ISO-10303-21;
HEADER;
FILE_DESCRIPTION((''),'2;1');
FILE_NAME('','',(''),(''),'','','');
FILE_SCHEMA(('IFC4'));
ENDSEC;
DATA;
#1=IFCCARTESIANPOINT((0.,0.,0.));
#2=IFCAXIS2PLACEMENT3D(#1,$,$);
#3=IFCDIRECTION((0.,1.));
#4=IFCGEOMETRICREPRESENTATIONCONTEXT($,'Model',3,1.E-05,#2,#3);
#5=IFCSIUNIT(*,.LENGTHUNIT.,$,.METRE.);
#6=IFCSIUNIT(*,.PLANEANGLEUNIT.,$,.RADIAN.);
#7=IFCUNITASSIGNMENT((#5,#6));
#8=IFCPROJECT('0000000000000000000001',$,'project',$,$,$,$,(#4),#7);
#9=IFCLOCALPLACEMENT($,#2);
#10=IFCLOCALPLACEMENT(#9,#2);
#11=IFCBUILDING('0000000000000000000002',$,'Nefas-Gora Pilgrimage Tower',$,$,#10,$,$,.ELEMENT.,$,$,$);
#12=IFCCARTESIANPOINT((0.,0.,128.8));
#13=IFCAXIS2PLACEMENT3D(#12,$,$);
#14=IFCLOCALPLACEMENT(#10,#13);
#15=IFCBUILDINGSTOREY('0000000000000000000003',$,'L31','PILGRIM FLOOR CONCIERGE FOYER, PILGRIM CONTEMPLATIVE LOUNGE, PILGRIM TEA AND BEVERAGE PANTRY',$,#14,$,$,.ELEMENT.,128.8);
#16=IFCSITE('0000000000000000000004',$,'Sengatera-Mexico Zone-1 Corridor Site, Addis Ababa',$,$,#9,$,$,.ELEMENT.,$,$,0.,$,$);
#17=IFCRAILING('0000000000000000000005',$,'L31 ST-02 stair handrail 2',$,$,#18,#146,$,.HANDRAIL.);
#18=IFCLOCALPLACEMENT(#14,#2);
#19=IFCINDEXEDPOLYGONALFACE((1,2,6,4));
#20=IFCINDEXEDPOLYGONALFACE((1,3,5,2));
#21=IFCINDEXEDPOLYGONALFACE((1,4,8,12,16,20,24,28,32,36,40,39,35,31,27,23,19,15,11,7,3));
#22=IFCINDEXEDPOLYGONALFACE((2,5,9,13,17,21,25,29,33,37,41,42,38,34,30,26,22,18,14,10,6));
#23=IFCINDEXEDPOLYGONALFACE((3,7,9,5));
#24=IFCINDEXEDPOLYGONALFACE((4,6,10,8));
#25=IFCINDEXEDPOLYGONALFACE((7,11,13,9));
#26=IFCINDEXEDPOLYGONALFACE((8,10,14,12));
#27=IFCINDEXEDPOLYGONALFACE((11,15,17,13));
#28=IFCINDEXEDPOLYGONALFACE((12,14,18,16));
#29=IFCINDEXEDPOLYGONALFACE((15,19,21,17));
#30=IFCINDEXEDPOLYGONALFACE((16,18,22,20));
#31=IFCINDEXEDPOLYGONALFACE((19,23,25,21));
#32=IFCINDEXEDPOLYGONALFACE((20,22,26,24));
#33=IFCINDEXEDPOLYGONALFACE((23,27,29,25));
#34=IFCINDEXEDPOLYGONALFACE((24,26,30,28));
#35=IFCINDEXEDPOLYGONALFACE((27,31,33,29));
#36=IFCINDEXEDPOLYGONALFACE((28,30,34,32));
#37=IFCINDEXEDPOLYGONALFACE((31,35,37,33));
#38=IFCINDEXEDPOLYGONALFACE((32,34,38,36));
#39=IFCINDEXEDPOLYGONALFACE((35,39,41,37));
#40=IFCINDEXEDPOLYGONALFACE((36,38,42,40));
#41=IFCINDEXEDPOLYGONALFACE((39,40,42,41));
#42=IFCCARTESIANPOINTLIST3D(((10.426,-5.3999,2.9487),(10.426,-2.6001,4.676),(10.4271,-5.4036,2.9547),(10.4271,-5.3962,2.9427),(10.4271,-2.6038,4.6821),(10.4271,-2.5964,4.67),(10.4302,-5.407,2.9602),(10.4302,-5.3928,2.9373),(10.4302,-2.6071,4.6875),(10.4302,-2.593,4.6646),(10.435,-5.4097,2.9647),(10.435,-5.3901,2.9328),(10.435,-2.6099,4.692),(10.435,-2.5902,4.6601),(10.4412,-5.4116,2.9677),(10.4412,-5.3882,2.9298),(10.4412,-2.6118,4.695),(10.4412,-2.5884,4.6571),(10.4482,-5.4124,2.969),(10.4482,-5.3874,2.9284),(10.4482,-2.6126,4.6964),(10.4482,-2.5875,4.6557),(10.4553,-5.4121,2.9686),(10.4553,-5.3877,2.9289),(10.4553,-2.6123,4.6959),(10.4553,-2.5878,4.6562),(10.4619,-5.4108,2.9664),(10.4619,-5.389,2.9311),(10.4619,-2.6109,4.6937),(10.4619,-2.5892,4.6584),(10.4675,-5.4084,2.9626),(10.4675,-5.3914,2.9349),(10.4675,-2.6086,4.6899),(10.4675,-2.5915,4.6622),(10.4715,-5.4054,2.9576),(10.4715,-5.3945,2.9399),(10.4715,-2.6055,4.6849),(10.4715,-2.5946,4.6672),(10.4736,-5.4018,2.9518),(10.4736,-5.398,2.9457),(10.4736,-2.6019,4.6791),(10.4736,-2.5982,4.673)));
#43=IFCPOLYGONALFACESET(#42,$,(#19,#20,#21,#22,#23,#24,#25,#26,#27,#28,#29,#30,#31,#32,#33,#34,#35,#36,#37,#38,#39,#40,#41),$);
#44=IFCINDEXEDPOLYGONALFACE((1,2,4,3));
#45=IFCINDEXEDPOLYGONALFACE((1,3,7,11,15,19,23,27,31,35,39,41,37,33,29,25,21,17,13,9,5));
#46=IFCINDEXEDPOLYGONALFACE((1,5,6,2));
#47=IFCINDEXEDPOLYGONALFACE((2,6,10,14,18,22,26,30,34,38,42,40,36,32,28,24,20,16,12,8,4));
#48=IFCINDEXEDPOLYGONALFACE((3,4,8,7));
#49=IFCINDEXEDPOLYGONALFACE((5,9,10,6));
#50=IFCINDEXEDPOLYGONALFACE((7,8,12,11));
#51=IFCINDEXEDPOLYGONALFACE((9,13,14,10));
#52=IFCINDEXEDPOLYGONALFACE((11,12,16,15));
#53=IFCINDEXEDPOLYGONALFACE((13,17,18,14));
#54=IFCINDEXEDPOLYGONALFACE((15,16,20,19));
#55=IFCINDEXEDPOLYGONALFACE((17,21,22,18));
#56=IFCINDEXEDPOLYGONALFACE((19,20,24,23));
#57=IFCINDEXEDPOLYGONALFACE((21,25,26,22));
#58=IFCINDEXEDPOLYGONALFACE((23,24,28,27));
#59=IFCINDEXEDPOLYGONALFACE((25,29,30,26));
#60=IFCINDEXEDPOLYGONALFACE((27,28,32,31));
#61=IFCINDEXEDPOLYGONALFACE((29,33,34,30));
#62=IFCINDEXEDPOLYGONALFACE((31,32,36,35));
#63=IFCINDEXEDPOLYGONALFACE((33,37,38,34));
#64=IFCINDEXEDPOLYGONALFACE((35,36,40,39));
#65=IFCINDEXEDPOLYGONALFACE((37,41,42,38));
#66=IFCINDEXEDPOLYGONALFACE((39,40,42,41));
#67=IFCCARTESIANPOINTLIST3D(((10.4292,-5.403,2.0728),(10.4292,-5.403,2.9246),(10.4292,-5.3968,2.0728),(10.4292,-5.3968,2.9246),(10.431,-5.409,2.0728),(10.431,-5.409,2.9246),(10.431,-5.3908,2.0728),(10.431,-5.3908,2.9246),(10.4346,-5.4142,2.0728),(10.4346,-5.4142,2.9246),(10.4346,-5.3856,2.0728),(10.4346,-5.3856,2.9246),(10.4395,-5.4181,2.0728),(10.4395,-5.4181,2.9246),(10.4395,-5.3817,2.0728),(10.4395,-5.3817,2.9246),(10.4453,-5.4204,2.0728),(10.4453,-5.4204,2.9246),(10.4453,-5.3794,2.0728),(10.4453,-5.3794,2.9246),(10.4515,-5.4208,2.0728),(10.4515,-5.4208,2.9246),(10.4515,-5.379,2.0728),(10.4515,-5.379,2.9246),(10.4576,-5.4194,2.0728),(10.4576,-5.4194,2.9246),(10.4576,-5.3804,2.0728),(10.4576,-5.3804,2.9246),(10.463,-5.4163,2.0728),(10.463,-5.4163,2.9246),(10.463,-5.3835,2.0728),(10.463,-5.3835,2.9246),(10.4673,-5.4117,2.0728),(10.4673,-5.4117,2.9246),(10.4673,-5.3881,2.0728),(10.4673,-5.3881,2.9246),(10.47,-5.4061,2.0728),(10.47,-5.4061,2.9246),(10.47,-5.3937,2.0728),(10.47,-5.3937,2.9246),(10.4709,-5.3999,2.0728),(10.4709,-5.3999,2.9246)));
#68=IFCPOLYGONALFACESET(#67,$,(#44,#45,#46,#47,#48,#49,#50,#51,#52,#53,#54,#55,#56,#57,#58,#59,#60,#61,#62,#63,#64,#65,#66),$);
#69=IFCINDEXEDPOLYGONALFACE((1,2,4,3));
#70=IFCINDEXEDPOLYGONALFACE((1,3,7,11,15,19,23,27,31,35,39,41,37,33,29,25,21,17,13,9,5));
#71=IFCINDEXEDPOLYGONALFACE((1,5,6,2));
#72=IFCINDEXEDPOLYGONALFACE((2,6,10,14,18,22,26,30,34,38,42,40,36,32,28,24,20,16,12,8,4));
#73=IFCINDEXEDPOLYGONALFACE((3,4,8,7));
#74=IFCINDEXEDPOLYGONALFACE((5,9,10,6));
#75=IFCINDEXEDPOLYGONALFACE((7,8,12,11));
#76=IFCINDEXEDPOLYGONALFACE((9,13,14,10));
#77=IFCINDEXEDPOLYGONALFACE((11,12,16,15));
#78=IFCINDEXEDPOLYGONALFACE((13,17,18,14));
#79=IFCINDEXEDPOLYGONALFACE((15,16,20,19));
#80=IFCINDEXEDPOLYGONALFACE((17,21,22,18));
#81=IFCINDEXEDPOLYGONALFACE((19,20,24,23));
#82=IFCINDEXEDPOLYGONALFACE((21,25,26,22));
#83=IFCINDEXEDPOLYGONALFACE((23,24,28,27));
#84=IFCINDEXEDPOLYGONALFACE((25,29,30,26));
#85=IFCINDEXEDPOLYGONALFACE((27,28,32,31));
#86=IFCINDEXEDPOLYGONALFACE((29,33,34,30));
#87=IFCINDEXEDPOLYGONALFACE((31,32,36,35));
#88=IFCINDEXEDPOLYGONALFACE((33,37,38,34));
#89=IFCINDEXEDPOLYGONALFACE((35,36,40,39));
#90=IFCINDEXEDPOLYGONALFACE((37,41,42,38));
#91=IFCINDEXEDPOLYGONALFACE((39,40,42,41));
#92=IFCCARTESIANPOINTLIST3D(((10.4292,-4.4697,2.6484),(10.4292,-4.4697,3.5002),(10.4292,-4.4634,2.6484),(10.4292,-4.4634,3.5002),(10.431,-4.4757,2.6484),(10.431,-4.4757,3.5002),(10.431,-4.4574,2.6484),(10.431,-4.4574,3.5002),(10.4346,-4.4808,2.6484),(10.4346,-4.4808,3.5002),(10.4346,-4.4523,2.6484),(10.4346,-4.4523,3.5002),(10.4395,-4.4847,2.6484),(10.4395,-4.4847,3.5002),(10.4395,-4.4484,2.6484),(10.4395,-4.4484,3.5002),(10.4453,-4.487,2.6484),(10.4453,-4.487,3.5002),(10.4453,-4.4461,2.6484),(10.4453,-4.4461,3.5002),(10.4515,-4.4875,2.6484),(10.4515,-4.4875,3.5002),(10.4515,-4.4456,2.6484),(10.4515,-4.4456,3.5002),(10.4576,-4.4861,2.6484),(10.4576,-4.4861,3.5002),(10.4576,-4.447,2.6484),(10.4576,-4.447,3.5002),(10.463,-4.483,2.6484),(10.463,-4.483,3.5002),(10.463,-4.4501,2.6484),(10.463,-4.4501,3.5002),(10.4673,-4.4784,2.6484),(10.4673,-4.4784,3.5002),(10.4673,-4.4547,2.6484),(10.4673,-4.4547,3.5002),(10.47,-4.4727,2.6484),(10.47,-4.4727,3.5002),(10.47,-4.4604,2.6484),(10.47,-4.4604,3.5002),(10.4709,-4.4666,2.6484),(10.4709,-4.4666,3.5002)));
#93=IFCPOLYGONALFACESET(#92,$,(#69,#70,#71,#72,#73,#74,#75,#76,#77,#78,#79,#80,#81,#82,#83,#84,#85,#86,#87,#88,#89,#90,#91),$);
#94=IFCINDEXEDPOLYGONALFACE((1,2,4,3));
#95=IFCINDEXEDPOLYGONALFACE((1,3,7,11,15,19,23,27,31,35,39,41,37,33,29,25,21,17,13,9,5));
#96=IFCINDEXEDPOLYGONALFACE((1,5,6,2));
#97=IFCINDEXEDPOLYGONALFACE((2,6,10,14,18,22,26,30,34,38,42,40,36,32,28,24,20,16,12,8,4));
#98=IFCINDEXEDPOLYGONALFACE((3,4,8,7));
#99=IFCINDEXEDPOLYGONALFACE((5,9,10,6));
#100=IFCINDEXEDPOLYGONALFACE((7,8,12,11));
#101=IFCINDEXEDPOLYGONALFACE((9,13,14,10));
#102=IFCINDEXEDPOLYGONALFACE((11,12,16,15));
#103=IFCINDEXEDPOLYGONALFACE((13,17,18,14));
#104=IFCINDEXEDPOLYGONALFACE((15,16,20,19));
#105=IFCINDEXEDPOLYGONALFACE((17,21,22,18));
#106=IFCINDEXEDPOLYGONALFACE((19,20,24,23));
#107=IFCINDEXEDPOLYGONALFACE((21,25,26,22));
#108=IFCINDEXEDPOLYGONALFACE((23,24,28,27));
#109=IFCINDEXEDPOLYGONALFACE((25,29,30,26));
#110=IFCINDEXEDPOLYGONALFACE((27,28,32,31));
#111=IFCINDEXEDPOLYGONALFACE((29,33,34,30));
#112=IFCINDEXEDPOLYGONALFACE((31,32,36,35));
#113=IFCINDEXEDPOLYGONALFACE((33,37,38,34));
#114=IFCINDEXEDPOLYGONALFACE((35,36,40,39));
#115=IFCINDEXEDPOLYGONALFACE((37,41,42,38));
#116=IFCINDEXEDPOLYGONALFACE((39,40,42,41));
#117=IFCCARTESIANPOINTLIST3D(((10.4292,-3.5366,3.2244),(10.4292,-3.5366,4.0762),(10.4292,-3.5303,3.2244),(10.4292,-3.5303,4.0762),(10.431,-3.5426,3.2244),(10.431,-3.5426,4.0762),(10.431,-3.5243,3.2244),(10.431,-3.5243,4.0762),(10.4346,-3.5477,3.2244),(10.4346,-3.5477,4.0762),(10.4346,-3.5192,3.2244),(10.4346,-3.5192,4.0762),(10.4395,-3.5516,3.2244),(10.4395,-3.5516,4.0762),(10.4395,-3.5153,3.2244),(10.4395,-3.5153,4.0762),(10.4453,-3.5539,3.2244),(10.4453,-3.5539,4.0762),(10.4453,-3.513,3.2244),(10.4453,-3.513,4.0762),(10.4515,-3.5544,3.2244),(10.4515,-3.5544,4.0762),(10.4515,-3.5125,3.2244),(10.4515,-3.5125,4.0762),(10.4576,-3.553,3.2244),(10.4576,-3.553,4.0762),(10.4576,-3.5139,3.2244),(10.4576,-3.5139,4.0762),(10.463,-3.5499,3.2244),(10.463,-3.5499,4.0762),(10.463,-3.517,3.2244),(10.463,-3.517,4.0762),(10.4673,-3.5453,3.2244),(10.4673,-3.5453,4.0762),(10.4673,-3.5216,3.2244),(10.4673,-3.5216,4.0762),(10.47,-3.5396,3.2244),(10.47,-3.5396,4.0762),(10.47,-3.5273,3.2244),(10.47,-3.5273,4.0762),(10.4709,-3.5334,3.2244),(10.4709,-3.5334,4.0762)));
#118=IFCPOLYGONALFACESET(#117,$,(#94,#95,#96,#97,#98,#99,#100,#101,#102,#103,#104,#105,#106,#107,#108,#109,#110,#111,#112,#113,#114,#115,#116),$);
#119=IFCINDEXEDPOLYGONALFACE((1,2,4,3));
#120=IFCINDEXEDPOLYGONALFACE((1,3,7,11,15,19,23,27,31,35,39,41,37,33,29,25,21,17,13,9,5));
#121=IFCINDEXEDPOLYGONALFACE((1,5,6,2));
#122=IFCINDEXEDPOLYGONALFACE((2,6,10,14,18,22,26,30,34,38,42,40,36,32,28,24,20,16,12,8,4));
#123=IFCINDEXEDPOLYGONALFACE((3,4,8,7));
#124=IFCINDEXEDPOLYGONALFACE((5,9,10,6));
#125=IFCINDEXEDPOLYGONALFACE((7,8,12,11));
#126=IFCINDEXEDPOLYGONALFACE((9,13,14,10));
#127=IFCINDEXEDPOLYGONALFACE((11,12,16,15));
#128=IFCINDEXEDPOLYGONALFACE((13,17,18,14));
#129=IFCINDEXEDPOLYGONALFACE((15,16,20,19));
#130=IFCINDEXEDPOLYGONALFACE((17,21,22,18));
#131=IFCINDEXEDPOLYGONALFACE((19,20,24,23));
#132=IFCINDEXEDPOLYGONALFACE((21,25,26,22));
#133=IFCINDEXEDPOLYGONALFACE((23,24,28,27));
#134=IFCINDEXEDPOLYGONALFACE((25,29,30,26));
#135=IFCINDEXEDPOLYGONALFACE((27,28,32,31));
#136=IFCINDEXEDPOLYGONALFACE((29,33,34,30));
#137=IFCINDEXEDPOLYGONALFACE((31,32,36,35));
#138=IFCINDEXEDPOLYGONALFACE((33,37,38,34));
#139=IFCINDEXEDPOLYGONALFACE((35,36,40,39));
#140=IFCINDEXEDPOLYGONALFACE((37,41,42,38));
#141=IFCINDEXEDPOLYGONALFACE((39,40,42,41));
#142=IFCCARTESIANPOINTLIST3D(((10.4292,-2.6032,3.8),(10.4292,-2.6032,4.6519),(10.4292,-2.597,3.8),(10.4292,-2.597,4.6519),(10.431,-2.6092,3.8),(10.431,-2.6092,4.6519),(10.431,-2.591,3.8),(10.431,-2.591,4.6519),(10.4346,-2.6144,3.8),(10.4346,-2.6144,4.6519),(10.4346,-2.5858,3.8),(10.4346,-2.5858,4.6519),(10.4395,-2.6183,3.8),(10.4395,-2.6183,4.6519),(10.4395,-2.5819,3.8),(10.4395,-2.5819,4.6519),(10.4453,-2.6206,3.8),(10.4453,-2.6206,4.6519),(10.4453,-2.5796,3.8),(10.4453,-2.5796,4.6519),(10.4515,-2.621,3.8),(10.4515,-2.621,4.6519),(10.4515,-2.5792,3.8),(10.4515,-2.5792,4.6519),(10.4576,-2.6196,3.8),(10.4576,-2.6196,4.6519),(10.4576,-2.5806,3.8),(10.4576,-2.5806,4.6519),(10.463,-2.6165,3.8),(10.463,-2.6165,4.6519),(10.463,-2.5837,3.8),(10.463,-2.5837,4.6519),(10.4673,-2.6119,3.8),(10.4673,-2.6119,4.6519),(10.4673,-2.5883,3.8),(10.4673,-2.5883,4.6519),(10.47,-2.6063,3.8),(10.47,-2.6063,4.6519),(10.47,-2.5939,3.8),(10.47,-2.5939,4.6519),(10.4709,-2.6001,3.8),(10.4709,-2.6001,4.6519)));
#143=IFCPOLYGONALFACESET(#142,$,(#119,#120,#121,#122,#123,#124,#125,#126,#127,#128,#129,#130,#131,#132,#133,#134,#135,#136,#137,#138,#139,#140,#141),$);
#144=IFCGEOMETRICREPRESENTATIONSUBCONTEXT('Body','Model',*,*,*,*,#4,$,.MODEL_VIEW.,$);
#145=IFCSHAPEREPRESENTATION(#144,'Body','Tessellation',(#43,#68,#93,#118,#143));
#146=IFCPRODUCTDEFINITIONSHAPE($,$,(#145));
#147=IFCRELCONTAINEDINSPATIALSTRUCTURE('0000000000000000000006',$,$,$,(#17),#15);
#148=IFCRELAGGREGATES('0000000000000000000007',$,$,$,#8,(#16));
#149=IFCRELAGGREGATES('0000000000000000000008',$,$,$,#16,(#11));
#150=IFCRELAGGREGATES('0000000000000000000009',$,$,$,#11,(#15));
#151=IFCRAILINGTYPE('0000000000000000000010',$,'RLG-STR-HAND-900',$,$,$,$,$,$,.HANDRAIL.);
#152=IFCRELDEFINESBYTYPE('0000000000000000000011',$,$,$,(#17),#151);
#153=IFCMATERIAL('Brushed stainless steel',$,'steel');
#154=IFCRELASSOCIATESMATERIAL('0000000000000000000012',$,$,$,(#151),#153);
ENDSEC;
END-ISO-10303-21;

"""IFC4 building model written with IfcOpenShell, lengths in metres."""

from ifc_helpers import new_model, si_unit, direction, frame, origin, origin_2d, place, context, subcontext, project, spatial, circle, extrude, material, type_object, element, save


model = new_model("IFC4")

# Units and contexts
model_context = context("Model", 3, precision=1e-05, world=origin(), true_north=direction((0.0, 1.0)))
body_context = subcontext(model_context, "Body", "Model", "MODEL_VIEW")
ifc_project = project(units=[si_unit("LENGTHUNIT", "METRE"), si_unit("PLANEANGLEUNIT", "RADIAN")], contexts=[model_context])

# Site, building, storey
site_placement = place(None, origin())
site = spatial("IfcSite", under=ifc_project, at=site_placement, Name="Sengatera-Mexico Zone-1 Corridor Site, Addis Ababa", CompositionType="ELEMENT", RefElevation=0.0)
building_placement = place(site_placement, origin())
building = spatial("IfcBuilding", under=site, at=building_placement, Name="Nefas-Gora Pilgrimage Tower", CompositionType="ELEMENT")
storey_placement = place(building_placement, frame((0.0, 0.0, 128.8)))
storey = spatial("IfcBuildingStorey", under=building, at=storey_placement, Name="L31", Description="PILGRIM FLOOR CONCIERGE FOYER, PILGRIM CONTEMPLATIVE LOUNGE, PILGRIM TEA AND BEVERAGE PANTRY", CompositionType="ELEMENT", Elevation=128.8)

# Railing
ifc_material_1 = material(Name="Brushed stainless steel", Category="steel")
railing_type_1 = type_object("IfcRailingType", Name="RLG-STR-HAND-900", PredefinedType="HANDRAIL", material=ifc_material_1)
railing_1_placement = place(storey_placement, frame((10.45, -5.3999, 2.0728)))
element("IfcRailing", 1, at=railing_1_placement, inside=storey, type_object=railing_type_1, Name="L31 ST-02 stair handrail 2", PredefinedType="HANDRAIL", context=body_context, shape_type="SweptSolid", body=[
    extrude(circle(Radius=0.0239, at=origin_2d()), frame((0.0, 0.0, 0.876), z_axis=(0.0, 0.851069, 0.525054), x_axis=(-1.0, 0.0, 0.0)), (0.0, 0.0, 1.0), 3.2898),
    extrude(circle(Radius=0.021, at=origin_2d()), origin(), (0.0, 0.0, 1.0), 0.8518),
    extrude(circle(Radius=0.021, at=origin_2d()), frame((0.0, 0.9333, 0.5757)), (0.0, 0.0, 1.0), 0.8518),
    extrude(circle(Radius=0.021, at=origin_2d()), frame((0.0, 1.8665, 1.1516)), (0.0, 0.0, 1.0), 0.8518),
    extrude(circle(Radius=0.021, at=origin_2d()), frame((0.0, 2.7998, 1.7273)), (0.0, 0.0, 1.0), 0.8518),
])

save(model, "model.ifc")
